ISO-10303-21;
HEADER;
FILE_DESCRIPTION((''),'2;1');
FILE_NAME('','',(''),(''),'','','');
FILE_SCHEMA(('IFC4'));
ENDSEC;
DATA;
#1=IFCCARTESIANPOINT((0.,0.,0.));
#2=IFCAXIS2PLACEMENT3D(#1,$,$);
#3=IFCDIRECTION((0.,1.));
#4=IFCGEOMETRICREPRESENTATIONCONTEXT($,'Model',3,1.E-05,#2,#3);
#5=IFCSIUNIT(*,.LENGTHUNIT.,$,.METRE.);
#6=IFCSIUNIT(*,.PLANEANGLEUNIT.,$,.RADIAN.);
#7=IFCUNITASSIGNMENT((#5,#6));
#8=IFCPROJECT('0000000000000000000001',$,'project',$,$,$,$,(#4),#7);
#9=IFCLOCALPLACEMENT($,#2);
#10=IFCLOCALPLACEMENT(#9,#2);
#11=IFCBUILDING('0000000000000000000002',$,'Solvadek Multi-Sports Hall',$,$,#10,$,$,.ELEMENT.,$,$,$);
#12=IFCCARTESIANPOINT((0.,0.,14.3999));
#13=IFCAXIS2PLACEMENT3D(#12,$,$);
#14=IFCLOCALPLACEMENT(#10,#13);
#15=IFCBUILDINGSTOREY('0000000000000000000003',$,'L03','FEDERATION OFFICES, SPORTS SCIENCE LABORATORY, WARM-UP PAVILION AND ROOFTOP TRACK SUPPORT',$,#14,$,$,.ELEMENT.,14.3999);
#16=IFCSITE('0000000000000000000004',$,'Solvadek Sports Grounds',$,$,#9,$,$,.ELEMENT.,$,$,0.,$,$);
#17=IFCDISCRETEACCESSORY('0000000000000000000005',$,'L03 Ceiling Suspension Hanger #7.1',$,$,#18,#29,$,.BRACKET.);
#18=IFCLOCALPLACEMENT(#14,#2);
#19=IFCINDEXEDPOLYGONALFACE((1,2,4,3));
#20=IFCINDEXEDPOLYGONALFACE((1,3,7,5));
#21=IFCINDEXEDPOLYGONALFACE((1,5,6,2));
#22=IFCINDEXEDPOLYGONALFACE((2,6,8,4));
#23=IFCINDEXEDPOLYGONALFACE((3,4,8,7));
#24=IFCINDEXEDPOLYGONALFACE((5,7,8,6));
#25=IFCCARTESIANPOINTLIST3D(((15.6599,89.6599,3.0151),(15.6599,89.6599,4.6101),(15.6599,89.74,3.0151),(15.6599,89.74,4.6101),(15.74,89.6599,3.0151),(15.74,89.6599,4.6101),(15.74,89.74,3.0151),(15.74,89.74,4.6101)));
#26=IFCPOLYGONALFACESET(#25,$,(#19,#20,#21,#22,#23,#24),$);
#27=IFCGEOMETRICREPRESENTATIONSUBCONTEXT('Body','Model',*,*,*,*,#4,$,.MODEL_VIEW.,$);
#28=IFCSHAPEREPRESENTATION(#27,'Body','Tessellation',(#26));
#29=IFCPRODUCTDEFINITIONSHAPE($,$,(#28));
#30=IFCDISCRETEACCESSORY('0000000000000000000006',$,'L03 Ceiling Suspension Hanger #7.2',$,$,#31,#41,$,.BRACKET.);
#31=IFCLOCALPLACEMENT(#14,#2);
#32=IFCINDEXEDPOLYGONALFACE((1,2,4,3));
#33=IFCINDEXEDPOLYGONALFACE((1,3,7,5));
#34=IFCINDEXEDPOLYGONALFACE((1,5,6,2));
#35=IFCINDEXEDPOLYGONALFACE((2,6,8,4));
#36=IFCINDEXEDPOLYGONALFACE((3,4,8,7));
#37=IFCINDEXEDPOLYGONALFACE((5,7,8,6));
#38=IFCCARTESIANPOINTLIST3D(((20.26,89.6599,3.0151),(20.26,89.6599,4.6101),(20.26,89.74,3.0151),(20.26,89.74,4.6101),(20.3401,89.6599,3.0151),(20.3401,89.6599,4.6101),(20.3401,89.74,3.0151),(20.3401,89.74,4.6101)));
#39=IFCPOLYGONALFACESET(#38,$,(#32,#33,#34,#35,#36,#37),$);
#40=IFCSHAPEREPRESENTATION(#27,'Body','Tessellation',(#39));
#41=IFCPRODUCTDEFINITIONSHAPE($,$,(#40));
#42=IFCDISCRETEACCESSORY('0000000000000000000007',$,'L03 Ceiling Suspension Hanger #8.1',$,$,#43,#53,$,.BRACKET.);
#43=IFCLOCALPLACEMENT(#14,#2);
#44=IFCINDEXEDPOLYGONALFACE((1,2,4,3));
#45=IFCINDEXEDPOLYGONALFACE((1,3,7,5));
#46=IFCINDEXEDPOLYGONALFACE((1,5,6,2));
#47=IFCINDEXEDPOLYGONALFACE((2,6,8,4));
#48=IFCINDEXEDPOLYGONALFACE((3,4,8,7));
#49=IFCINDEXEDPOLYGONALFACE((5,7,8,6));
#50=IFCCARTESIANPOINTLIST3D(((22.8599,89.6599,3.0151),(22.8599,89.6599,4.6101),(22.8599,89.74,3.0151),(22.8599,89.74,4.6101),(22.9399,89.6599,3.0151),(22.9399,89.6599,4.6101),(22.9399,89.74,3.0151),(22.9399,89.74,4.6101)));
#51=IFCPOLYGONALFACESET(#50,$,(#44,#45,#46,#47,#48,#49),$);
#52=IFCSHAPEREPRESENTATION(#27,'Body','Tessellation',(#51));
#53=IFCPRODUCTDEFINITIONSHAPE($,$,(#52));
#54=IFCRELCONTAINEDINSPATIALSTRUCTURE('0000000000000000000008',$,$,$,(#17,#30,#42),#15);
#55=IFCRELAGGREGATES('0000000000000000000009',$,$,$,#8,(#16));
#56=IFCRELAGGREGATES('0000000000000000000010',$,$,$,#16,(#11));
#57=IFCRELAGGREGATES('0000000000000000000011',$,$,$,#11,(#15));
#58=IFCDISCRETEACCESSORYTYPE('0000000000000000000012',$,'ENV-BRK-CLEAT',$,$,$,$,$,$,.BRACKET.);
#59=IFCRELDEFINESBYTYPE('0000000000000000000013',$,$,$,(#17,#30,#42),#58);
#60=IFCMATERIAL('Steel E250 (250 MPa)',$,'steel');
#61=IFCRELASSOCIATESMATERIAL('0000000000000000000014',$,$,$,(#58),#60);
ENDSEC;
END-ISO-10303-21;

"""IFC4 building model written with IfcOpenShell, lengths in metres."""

from ifc_helpers import new_model, si_unit, direction, frame, origin, origin_2d, place, context, subcontext, project, spatial, rectangle, extrude, material, type_object, element, save


model = new_model("IFC4")

# Units and contexts
model_context = context("Model", 3, precision=1e-05, world=origin(), true_north=direction((0.0, 1.0)))
body_context = subcontext(model_context, "Body", "Model", "MODEL_VIEW")
ifc_project = project(units=[si_unit("LENGTHUNIT", "METRE"), si_unit("PLANEANGLEUNIT", "RADIAN")], contexts=[model_context])

# Site, building, storey
site_placement = place(None, origin())
site = spatial("IfcSite", under=ifc_project, at=site_placement, Name="Solvadek Sports Grounds", CompositionType="ELEMENT", RefElevation=0.0)
building_placement = place(site_placement, origin())
building = spatial("IfcBuilding", under=site, at=building_placement, Name="Solvadek Multi-Sports Hall", CompositionType="ELEMENT")
storey_placement = place(building_placement, frame((0.0, 0.0, 14.3999)))
storey = spatial("IfcBuildingStorey", under=building, at=storey_placement, Name="L03", Description="FEDERATION OFFICES, SPORTS SCIENCE LABORATORY, WARM-UP PAVILION AND ROOFTOP TRACK SUPPORT", CompositionType="ELEMENT", Elevation=14.3999)

# Shared definitions
ifc_material_1 = material(Name="Steel E250 (250 MPa)", Category="steel")

# Discrete accessories
discrete_accessory_type = type_object("IfcDiscreteAccessoryType", Name="ENV-BRK-CLEAT", PredefinedType="BRACKET", material=ifc_material_1)
for number, where, z_axis, x_axis, name in (
    (1, (15.7, 89.7, 3.0151), (0.0, 0.0, 1.0), (1.0, 0.0, 0.0), "L03 Ceiling Suspension Hanger #7.1"),
    (2, (20.3, 89.7, 3.0151), (0.0, 0.0, 1.0), (1.0, 0.0, 0.0), "L03 Ceiling Suspension Hanger #7.2"),
    (3, (22.8999, 89.7, 3.0151), (0.0, 0.0, 1.0), (1.0, 0.0, 0.0), "L03 Ceiling Suspension Hanger #8.1"),
):
    element("IfcDiscreteAccessory", number, at=place(storey_placement, frame(where, z_axis=z_axis, x_axis=x_axis)), inside=storey, type_object=discrete_accessory_type, Name=name, PredefinedType="BRACKET", context=body_context, shape_type="SweptSolid", body=[
        extrude(rectangle(XDim=0.0801, YDim=0.0801, at=origin_2d()), origin(), (0.0, 0.0, 1.0), 1.595),
    ])

save(model, "model.ifc")
